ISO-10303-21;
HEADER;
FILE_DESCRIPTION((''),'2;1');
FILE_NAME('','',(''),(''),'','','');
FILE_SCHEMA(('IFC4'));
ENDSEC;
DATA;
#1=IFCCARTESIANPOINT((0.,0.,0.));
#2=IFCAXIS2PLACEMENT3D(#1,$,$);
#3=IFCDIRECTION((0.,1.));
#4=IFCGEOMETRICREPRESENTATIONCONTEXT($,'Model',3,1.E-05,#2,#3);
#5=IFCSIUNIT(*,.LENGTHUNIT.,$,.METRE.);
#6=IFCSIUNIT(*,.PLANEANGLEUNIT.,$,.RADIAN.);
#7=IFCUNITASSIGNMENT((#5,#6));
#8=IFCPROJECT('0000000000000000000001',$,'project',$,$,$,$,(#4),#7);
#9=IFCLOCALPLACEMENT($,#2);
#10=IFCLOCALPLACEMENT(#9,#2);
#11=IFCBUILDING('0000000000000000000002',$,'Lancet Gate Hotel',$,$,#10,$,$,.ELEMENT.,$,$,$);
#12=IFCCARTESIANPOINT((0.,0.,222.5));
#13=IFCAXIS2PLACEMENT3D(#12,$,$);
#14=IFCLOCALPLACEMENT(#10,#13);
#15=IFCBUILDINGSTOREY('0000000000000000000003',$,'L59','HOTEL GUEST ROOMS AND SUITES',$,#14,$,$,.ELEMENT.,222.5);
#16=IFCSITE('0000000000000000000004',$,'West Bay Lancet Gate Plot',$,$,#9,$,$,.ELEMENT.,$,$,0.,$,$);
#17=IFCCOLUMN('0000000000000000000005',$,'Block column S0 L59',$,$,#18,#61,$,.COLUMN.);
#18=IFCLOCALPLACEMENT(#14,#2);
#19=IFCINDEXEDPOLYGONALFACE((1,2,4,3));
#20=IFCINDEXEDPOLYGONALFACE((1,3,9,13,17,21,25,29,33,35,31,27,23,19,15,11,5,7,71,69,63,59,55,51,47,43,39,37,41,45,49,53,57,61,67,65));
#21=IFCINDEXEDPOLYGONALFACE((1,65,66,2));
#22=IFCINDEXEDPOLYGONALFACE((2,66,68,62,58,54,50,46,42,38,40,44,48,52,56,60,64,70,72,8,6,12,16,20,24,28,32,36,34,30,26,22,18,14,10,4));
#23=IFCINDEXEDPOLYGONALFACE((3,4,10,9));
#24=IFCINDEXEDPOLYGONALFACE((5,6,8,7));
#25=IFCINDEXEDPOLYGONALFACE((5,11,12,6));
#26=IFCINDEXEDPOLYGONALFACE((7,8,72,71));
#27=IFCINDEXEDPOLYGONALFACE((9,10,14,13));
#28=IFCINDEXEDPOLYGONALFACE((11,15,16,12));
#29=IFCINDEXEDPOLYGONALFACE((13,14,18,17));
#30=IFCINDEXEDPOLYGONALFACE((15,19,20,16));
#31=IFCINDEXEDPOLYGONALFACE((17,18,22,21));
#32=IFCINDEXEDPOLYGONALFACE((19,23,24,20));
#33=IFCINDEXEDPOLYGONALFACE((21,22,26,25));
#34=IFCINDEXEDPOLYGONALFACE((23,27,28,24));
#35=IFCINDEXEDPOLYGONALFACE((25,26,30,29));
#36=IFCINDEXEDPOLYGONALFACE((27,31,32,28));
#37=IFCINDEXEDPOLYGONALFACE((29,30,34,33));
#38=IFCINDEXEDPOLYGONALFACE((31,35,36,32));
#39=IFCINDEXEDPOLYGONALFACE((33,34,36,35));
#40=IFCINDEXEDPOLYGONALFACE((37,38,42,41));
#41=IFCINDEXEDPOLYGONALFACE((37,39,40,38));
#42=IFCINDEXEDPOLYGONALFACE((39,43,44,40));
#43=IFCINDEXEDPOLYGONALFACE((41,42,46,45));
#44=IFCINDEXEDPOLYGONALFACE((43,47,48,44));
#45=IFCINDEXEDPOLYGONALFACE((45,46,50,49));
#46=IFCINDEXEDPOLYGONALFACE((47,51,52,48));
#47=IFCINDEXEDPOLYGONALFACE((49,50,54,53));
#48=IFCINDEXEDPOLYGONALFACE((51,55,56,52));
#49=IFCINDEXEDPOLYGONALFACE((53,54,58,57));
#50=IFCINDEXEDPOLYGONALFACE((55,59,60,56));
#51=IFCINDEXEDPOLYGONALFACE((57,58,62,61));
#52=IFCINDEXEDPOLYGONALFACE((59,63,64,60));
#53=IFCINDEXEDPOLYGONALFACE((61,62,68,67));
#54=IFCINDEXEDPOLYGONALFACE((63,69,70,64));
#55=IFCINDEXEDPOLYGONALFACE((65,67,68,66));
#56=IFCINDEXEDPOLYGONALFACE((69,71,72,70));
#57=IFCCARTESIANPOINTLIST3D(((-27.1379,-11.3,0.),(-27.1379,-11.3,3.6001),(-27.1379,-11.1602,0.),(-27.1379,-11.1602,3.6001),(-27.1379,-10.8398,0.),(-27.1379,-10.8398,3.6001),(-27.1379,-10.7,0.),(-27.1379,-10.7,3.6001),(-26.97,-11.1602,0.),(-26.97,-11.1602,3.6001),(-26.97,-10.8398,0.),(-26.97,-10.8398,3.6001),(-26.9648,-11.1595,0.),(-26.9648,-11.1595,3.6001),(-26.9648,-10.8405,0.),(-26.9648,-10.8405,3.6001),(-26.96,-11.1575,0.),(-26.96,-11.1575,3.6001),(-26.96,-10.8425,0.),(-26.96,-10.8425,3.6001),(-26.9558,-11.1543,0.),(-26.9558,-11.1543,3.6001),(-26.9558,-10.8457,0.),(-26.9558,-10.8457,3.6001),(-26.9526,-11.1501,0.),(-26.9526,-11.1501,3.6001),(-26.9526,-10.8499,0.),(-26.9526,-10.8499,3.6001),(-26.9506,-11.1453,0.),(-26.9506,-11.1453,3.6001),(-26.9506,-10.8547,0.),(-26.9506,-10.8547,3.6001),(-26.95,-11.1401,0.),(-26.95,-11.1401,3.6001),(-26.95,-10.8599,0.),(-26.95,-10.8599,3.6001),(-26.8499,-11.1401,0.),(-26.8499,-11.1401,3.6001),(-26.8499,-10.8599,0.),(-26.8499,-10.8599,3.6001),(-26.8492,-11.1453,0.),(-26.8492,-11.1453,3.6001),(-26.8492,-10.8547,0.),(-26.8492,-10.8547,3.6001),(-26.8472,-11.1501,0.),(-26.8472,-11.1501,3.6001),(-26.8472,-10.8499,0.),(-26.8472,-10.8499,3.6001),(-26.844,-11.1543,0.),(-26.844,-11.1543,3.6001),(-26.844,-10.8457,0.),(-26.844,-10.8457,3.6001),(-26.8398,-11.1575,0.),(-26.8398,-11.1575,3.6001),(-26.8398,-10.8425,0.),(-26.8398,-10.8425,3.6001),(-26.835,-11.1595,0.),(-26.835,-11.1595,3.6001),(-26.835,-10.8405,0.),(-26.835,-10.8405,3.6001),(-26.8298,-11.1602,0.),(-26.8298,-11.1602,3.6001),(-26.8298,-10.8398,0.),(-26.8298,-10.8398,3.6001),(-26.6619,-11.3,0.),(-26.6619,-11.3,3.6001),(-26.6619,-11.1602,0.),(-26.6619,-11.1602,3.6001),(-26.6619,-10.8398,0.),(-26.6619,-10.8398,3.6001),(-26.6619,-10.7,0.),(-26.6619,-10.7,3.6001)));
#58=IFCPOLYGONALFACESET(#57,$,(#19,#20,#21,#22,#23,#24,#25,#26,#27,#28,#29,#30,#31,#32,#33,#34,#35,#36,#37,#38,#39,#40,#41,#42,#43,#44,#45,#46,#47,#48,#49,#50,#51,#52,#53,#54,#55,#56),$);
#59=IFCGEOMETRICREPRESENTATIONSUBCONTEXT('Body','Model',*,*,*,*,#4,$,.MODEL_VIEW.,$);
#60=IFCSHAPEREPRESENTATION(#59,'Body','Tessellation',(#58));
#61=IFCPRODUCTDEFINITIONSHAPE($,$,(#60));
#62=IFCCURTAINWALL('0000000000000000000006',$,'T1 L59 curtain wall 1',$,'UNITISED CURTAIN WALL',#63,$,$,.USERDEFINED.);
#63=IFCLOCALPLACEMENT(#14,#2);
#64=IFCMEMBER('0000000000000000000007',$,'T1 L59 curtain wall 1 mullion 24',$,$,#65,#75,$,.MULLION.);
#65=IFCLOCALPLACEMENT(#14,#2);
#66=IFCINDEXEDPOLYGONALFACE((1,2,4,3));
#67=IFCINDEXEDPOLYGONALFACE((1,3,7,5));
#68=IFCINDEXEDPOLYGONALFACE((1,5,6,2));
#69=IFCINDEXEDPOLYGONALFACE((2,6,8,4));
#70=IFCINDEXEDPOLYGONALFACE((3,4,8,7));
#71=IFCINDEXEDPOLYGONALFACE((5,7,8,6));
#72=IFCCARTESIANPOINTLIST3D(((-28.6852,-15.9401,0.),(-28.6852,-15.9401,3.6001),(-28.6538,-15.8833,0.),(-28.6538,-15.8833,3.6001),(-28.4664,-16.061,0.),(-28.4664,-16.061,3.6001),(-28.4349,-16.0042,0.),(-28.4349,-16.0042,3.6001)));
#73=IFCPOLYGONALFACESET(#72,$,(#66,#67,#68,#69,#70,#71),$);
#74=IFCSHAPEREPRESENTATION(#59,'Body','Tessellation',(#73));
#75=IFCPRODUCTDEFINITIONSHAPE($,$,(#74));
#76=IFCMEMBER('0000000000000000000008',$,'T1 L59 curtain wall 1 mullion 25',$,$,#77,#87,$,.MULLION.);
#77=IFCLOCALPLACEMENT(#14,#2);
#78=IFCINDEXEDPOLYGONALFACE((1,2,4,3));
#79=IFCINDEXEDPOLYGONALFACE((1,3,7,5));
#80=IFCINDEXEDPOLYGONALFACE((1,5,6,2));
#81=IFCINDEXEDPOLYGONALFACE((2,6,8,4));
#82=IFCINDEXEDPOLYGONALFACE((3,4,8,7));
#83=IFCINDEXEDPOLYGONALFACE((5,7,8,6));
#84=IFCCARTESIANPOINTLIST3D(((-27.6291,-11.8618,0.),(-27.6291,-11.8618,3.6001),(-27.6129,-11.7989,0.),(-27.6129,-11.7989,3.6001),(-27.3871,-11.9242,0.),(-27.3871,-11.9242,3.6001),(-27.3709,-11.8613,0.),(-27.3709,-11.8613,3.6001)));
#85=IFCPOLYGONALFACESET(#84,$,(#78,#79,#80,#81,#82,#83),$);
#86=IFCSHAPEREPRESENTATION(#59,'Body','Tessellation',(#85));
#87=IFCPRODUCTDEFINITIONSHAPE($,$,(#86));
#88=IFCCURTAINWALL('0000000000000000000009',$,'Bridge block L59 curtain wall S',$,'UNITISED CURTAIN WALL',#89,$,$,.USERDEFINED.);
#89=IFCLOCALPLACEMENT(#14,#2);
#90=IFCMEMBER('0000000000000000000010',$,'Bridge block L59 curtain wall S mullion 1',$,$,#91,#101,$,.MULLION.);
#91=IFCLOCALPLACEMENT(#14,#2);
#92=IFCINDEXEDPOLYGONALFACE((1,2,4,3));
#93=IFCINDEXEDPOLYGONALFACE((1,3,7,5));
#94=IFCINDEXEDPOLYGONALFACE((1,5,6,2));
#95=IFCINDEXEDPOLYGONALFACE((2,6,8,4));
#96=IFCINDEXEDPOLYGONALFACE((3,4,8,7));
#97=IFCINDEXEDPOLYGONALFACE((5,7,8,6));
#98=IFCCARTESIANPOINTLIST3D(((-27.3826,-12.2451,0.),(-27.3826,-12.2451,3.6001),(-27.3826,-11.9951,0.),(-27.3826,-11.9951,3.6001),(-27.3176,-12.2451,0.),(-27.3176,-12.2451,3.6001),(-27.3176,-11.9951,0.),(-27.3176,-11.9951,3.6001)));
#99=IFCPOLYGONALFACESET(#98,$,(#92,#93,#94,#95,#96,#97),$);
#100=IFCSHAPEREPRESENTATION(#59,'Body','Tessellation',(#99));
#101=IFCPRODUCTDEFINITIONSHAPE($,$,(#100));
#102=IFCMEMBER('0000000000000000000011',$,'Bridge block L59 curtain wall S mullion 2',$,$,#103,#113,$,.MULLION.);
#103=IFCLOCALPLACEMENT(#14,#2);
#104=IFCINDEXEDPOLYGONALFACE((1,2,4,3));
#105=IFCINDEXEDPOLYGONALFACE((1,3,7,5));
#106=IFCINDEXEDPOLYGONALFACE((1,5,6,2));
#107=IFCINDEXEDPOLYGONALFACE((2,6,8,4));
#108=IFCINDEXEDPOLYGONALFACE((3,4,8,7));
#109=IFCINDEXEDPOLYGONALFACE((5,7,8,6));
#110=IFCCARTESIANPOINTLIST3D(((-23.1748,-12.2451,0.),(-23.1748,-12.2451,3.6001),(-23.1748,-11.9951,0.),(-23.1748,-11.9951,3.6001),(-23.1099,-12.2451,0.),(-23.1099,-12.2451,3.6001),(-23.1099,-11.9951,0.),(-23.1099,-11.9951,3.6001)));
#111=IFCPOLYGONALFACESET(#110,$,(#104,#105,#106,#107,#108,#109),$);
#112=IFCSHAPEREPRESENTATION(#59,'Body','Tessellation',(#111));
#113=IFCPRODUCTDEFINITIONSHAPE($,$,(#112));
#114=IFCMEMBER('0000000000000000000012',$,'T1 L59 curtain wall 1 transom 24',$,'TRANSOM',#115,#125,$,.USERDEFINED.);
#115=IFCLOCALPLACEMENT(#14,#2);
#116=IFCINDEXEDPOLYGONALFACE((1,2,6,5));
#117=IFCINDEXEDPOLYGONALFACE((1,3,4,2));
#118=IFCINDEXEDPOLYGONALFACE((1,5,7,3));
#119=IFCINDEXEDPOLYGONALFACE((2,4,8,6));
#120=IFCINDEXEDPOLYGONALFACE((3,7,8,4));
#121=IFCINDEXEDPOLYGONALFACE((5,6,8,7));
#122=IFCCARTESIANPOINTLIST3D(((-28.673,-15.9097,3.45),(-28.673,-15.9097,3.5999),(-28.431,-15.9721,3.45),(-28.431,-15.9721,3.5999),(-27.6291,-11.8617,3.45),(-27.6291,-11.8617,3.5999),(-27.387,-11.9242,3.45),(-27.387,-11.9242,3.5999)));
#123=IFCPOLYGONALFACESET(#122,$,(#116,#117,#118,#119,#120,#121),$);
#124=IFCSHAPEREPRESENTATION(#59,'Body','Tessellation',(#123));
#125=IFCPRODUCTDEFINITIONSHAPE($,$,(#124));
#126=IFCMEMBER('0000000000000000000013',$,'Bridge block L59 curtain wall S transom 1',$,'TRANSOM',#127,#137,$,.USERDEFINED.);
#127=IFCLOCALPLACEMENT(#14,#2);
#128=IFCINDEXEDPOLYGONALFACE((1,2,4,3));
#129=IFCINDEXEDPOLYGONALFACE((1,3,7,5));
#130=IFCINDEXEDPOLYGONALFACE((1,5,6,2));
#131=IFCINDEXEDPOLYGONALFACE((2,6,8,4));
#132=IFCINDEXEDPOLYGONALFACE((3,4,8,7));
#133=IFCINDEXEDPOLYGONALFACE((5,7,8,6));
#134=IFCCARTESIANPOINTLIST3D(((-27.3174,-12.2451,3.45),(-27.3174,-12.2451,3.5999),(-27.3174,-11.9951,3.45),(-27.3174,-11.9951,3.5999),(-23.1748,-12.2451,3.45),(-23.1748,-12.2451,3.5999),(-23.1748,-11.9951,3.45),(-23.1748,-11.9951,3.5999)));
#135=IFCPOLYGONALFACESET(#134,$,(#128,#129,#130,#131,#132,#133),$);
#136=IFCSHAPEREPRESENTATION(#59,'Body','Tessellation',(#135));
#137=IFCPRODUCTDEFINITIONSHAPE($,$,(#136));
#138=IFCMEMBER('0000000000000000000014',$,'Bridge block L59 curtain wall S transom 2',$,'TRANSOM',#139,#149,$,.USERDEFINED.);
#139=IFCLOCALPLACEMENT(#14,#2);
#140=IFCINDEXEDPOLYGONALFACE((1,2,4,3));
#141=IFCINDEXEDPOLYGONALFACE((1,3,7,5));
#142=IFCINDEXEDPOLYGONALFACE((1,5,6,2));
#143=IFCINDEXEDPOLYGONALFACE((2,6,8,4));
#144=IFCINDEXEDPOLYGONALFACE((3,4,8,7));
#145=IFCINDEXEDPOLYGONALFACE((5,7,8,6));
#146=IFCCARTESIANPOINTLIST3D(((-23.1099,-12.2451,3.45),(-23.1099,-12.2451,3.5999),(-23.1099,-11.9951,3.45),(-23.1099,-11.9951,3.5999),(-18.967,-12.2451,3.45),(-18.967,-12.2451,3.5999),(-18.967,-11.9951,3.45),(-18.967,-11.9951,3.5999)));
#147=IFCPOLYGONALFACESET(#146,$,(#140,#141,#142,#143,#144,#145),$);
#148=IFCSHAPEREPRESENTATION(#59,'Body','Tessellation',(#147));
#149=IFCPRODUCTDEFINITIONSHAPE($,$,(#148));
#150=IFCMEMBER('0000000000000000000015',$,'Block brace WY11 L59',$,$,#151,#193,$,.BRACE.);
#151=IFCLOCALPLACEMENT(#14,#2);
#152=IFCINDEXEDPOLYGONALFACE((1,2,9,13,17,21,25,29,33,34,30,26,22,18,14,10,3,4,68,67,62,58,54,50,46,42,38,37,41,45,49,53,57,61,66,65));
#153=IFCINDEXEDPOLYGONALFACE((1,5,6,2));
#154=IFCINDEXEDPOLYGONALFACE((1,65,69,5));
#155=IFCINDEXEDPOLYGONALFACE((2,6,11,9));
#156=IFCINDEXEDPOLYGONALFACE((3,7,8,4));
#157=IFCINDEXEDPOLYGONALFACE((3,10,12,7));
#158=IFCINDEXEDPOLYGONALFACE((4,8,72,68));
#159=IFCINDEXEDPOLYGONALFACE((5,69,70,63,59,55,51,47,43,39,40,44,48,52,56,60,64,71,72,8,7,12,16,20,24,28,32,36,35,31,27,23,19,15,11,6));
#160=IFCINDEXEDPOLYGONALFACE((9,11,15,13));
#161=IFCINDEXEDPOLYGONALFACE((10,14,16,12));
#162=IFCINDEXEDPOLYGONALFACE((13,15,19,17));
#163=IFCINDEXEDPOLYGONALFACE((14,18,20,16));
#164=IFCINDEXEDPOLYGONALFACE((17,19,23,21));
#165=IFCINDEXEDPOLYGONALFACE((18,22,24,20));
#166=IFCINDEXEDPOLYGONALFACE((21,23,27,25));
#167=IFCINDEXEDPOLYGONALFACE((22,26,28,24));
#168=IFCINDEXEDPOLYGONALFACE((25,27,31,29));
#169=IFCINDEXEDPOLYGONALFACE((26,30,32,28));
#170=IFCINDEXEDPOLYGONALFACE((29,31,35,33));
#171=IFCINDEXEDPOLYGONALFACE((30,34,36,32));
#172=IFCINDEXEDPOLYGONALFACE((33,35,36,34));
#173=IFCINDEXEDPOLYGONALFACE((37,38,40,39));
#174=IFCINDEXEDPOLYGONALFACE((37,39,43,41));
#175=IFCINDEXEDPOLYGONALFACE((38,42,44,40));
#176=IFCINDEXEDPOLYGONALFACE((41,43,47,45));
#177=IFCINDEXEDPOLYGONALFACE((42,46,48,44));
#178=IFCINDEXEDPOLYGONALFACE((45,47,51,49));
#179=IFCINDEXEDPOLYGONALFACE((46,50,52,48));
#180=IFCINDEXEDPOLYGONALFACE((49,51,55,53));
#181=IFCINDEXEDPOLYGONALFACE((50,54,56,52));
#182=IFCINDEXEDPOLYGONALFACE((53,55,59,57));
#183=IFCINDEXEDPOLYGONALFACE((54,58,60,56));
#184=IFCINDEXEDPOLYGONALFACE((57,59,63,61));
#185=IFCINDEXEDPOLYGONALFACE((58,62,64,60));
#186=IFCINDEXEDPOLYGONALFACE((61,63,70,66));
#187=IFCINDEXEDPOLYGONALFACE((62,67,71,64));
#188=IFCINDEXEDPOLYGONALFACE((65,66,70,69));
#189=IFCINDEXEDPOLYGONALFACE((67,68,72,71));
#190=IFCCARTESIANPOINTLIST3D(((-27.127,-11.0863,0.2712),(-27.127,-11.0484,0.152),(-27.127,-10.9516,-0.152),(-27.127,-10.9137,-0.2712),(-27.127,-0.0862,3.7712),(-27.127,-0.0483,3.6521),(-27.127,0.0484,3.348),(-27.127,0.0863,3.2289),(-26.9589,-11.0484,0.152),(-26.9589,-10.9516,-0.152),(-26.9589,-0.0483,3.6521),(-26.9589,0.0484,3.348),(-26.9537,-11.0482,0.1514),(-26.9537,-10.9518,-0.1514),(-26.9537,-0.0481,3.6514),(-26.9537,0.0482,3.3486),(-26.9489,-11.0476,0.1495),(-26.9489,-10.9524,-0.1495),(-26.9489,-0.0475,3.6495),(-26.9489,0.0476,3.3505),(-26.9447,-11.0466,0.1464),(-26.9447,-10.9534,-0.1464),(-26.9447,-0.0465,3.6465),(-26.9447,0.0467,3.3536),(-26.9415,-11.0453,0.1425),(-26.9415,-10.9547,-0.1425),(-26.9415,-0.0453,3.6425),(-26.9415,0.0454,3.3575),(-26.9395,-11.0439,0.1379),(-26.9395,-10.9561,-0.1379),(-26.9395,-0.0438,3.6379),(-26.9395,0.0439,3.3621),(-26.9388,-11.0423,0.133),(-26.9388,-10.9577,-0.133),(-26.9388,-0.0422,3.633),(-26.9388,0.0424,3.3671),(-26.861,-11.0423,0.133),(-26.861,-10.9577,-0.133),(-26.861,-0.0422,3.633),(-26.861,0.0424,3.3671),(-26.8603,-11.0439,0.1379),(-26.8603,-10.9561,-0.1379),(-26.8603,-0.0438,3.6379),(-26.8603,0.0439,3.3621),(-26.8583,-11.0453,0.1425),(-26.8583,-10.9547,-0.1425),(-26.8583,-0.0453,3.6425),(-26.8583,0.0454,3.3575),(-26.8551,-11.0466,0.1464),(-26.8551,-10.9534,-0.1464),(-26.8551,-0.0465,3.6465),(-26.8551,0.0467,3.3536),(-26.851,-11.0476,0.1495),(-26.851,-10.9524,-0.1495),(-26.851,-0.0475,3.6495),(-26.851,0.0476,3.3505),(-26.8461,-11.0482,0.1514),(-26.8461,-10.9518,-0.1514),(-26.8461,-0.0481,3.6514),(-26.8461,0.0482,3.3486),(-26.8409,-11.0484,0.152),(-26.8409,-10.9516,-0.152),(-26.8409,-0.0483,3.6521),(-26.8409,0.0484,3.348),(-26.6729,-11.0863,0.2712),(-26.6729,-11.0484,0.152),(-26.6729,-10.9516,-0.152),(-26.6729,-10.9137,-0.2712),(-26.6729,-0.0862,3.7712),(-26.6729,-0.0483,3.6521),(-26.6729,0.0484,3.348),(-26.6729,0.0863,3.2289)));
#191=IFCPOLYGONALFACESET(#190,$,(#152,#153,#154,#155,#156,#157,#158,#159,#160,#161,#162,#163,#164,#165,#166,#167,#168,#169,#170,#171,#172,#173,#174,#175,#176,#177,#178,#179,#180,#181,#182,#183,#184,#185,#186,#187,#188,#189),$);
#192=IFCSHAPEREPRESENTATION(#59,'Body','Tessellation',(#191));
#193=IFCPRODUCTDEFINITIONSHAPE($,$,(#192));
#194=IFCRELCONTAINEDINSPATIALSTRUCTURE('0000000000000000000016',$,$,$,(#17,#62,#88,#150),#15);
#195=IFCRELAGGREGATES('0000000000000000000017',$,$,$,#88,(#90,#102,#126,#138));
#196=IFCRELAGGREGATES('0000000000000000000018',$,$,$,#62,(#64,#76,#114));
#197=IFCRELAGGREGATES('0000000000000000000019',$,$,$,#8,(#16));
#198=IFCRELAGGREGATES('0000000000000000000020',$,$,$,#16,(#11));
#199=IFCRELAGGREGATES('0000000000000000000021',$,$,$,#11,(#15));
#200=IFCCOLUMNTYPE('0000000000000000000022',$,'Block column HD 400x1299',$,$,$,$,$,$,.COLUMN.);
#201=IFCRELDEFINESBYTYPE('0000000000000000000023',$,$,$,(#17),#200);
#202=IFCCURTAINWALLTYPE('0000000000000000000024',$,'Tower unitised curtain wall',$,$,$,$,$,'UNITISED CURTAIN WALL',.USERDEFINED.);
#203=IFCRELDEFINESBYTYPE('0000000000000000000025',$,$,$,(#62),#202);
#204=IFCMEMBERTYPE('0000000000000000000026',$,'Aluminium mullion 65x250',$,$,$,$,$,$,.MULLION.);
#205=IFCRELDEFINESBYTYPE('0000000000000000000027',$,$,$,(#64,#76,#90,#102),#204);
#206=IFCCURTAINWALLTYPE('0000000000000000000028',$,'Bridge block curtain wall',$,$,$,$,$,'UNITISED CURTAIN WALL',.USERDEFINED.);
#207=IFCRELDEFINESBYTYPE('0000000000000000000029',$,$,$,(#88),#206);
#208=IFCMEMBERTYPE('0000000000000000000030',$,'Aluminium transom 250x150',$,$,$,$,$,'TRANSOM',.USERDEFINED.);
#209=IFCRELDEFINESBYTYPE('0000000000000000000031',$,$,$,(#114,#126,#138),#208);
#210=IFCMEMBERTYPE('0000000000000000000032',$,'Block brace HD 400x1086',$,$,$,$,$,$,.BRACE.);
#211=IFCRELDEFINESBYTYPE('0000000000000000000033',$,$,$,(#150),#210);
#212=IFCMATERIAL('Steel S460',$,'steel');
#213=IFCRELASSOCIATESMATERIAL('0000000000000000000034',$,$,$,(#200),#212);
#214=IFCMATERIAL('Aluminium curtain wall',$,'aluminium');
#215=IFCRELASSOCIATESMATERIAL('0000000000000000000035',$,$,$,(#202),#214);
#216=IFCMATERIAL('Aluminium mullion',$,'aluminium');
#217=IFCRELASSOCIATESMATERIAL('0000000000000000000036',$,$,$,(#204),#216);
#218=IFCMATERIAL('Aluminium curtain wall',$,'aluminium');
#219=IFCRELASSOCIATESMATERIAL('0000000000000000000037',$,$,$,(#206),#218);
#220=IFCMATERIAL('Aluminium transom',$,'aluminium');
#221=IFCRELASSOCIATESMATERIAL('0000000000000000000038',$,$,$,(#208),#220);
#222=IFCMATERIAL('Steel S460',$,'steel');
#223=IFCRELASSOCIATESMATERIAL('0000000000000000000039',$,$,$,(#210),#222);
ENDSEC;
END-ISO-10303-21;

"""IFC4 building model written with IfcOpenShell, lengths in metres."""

from ifc_helpers import new_model, si_unit, direction, frame, origin, origin_2d, place, context, subcontext, project, spatial, rectangle, i_section, extrude, material, material_profile, profile_set, type_object, element, aggregate, save


model = new_model("IFC4")

# Units and contexts
model_context = context("Model", 3, precision=1e-05, world=origin(), true_north=direction((0.0, 1.0)))
body_context = subcontext(model_context, "Body", "Model", "MODEL_VIEW")
ifc_project = project(units=[si_unit("LENGTHUNIT", "METRE"), si_unit("PLANEANGLEUNIT", "RADIAN")], contexts=[model_context])

# Site, building, storey
site_placement = place(None, origin())
site = spatial("IfcSite", under=ifc_project, at=site_placement, Name="West Bay Lancet Gate Plot", CompositionType="ELEMENT", RefElevation=0.0)
building_placement = place(site_placement, origin())
building = spatial("IfcBuilding", under=site, at=building_placement, Name="Lancet Gate Hotel", CompositionType="ELEMENT")
storey_placement = place(building_placement, frame((0.0, 0.0, 222.5)))
storey = spatial("IfcBuildingStorey", under=building, at=storey_placement, Name="L59", Description="HOTEL GUEST ROOMS AND SUITES", CompositionType="ELEMENT", Elevation=222.5)

# Column
ifc_material_1 = material(Name="Steel S460", Category="steel")
ifc_material_profile_1 = material_profile(ifc_material_1, i_section(OverallWidth=0.4761, OverallDepth=0.6001, WebThickness=0.1001, FlangeThickness=0.1399, FilletRadius=0.02, at=origin_2d()), Name="HD 400x1299")
ifc_profile_set_1 = profile_set([ifc_material_profile_1], Name="Steel S460")
column_type = type_object("IfcColumnType", Name="Block column HD 400x1299", PredefinedType="COLUMN", material=ifc_profile_set_1)
column_placement = place(storey_placement, frame((-26.8999, -11.0, 0.0), z_axis=(0.0, 0.0, 1.0), x_axis=(1.0, 0.0, 0.0)))
element("IfcColumn", 1, at=column_placement, inside=storey, type_object=column_type, Name="Block column S0 L59", PredefinedType="COLUMN", context=body_context, shape_type="SweptSolid", body=[
    extrude(i_section(OverallWidth=0.4761, OverallDepth=0.6001, WebThickness=0.1001, FlangeThickness=0.1399, FilletRadius=0.02, at=origin_2d()), origin(), (0.0, 0.0, 1.0), 3.6001),
])

# Curtain walls, members
ifc_material_2 = material(Name="Aluminium curtain wall", Category="aluminium")
curtain_wall_type_1 = type_object("IfcCurtainWallType", Name="Tower unitised curtain wall", ElementType="UNITISED CURTAIN WALL", PredefinedType="USERDEFINED", material=ifc_material_2)
curtain_wall_1_placement = place(storey_placement, origin())
curtain_wall_1 = element("IfcCurtainWall", 2, at=curtain_wall_1_placement, inside=storey, type_object=curtain_wall_type_1, Name="T1 L59 curtain wall 1", ObjectType="UNITISED CURTAIN WALL", PredefinedType="USERDEFINED")
ifc_material_3 = material(Name="Aluminium mullion", Category="aluminium")
ifc_material_profile_2 = material_profile(ifc_material_3, rectangle(XDim=0.0649, YDim=0.25, at=origin_2d()), Name="MULLION 65x250")
ifc_profile_set_2 = profile_set([ifc_material_profile_2], Name="Aluminium mullion")
member_type_1 = type_object("IfcMemberType", Name="Aluminium mullion 65x250", PredefinedType="MULLION", material=ifc_profile_set_2)
member_1_placement = place(storey_placement, frame((-28.5601, -15.9722, 0.0), z_axis=(0.0, 0.0, 1.0), x_axis=(0.483627, 0.875274, 0.0)))
member_1 = element("IfcMember", 3, at=member_1_placement, type_object=member_type_1, Name="T1 L59 curtain wall 1 mullion 24", PredefinedType="MULLION", context=body_context, shape_type="SweptSolid", body=[
    extrude(rectangle(XDim=0.0649, YDim=0.25, at=origin_2d()), origin(), (0.0, 0.0, 1.0), 3.6001),
])
member_2_placement = place(storey_placement, frame((-27.5, -11.8616, 0.0), z_axis=(0.0, 0.0, 1.0), x_axis=(0.249726, 0.968317, 0.0)))
member_2 = element("IfcMember", 4, at=member_2_placement, type_object=member_type_1, Name="T1 L59 curtain wall 1 mullion 25", PredefinedType="MULLION", context=body_context, shape_type="SweptSolid", body=[
    extrude(rectangle(XDim=0.0649, YDim=0.25, at=origin_2d()), origin(), (0.0, 0.0, 1.0), 3.6001),
])
ifc_material_4 = material(Name="Aluminium curtain wall", Category="aluminium")
curtain_wall_type_2 = type_object("IfcCurtainWallType", Name="Bridge block curtain wall", ElementType="UNITISED CURTAIN WALL", PredefinedType="USERDEFINED", material=ifc_material_4)
curtain_wall_2_placement = place(storey_placement, origin())
curtain_wall_2 = element("IfcCurtainWall", 5, at=curtain_wall_2_placement, inside=storey, type_object=curtain_wall_type_2, Name="Bridge block L59 curtain wall S", ObjectType="UNITISED CURTAIN WALL", PredefinedType="USERDEFINED")
member_3_placement = place(storey_placement, frame((-27.3501, -12.1201, 0.0), z_axis=(0.0, 0.0, 1.0), x_axis=(1.0, 0.0, 0.0)))
member_3 = element("IfcMember", 6, at=member_3_placement, type_object=member_type_1, Name="Bridge block L59 curtain wall S mullion 1", PredefinedType="MULLION", context=body_context, shape_type="SweptSolid", body=[
    extrude(rectangle(XDim=0.0649, YDim=0.25, at=origin_2d()), origin(), (0.0, 0.0, 1.0), 3.6001),
])
member_4_placement = place(storey_placement, frame((-23.1423, -12.1201, 0.0), z_axis=(0.0, 0.0, 1.0), x_axis=(1.0, 0.0, 0.0)))
member_4 = element("IfcMember", 7, at=member_4_placement, type_object=member_type_1, Name="Bridge block L59 curtain wall S mullion 2", PredefinedType="MULLION", context=body_context, shape_type="SweptSolid", body=[
    extrude(rectangle(XDim=0.0649, YDim=0.25, at=origin_2d()), origin(), (0.0, 0.0, 1.0), 3.6001),
])

# Members
ifc_material_5 = material(Name="Aluminium transom", Category="aluminium")
ifc_material_profile_3 = material_profile(ifc_material_5, rectangle(XDim=0.25, YDim=0.1499, at=origin_2d()), Name="TRANSOM 250x150")
ifc_profile_set_3 = profile_set([ifc_material_profile_3], Name="Aluminium transom")
member_type_2 = type_object("IfcMemberType", Name="Aluminium transom 250x150", ElementType="TRANSOM", PredefinedType="USERDEFINED", material=ifc_profile_set_3)
member_5_placement = place(storey_placement, frame((-28.552, -15.9409, 3.5249), z_axis=(0.249716, 0.968319, 0.0), x_axis=(-0.968319, 0.249716, 0.0)))
member_5 = element("IfcMember", 8, at=member_5_placement, type_object=member_type_2, Name="T1 L59 curtain wall 1 transom 24", ObjectType="TRANSOM", PredefinedType="USERDEFINED", context=body_context, shape_type="SweptSolid", body=[
    extrude(rectangle(XDim=0.25, YDim=0.1499, at=origin_2d()), origin(), (0.0, 0.0, 1.0), 4.1804),
])
member_6_placement = place(storey_placement, frame((-27.3174, -12.1201, 3.5249), z_axis=(1.0, 0.0, 0.0), x_axis=(0.0, 1.0, 0.0)))
member_6 = element("IfcMember", 9, at=member_6_placement, type_object=member_type_2, Name="Bridge block L59 curtain wall S transom 1", ObjectType="TRANSOM", PredefinedType="USERDEFINED", context=body_context, shape_type="SweptSolid", body=[
    extrude(rectangle(XDim=0.25, YDim=0.1499, at=origin_2d()), origin(), (0.0, 0.0, 1.0), 4.1426),
])
member_7_placement = place(storey_placement, frame((-23.1099, -12.1201, 3.5249), z_axis=(1.0, 0.0, 0.0), x_axis=(0.0, 1.0, 0.0)))
member_7 = element("IfcMember", 10, at=member_7_placement, type_object=member_type_2, Name="Bridge block L59 curtain wall S transom 2", ObjectType="TRANSOM", PredefinedType="USERDEFINED", context=body_context, shape_type="SweptSolid", body=[
    extrude(rectangle(XDim=0.25, YDim=0.1499, at=origin_2d()), origin(), (0.0, 0.0, 1.0), 4.1428),
])
ifc_material_6 = material(Name="Steel S460", Category="steel")
ifc_material_profile_4 = material_profile(ifc_material_6, i_section(OverallWidth=0.4541, OverallDepth=0.5691, WebThickness=0.0779, FlangeThickness=0.125, FilletRadius=0.02, at=origin_2d()), Name="HD 400x1086")
ifc_profile_set_4 = profile_set([ifc_material_profile_4], Name="Steel S460")
member_type_3 = type_object("IfcMemberType", Name="Block brace HD 400x1086", PredefinedType="BRACE", material=ifc_profile_set_4)
member_8_placement = place(storey_placement, frame((-26.8999, -11.0, 0.0), z_axis=(0.0, 0.952926, 0.303204), x_axis=(-1.0, 0.0, 0.0)))
element("IfcMember", 11, at=member_8_placement, inside=storey, type_object=member_type_3, Name="Block brace WY11 L59", PredefinedType="BRACE", context=body_context, shape_type="SweptSolid", body=[
    extrude(i_section(OverallWidth=0.4541, OverallDepth=0.5691, WebThickness=0.0779, FlangeThickness=0.125, FilletRadius=0.02, at=origin_2d()), origin(), (0.0, 0.0, 1.0), 11.5435),
])

aggregate(curtain_wall_2, [member_3, member_4, member_6, member_7])
aggregate(curtain_wall_1, [member_1, member_2, member_5])

save(model, "model.ifc")
